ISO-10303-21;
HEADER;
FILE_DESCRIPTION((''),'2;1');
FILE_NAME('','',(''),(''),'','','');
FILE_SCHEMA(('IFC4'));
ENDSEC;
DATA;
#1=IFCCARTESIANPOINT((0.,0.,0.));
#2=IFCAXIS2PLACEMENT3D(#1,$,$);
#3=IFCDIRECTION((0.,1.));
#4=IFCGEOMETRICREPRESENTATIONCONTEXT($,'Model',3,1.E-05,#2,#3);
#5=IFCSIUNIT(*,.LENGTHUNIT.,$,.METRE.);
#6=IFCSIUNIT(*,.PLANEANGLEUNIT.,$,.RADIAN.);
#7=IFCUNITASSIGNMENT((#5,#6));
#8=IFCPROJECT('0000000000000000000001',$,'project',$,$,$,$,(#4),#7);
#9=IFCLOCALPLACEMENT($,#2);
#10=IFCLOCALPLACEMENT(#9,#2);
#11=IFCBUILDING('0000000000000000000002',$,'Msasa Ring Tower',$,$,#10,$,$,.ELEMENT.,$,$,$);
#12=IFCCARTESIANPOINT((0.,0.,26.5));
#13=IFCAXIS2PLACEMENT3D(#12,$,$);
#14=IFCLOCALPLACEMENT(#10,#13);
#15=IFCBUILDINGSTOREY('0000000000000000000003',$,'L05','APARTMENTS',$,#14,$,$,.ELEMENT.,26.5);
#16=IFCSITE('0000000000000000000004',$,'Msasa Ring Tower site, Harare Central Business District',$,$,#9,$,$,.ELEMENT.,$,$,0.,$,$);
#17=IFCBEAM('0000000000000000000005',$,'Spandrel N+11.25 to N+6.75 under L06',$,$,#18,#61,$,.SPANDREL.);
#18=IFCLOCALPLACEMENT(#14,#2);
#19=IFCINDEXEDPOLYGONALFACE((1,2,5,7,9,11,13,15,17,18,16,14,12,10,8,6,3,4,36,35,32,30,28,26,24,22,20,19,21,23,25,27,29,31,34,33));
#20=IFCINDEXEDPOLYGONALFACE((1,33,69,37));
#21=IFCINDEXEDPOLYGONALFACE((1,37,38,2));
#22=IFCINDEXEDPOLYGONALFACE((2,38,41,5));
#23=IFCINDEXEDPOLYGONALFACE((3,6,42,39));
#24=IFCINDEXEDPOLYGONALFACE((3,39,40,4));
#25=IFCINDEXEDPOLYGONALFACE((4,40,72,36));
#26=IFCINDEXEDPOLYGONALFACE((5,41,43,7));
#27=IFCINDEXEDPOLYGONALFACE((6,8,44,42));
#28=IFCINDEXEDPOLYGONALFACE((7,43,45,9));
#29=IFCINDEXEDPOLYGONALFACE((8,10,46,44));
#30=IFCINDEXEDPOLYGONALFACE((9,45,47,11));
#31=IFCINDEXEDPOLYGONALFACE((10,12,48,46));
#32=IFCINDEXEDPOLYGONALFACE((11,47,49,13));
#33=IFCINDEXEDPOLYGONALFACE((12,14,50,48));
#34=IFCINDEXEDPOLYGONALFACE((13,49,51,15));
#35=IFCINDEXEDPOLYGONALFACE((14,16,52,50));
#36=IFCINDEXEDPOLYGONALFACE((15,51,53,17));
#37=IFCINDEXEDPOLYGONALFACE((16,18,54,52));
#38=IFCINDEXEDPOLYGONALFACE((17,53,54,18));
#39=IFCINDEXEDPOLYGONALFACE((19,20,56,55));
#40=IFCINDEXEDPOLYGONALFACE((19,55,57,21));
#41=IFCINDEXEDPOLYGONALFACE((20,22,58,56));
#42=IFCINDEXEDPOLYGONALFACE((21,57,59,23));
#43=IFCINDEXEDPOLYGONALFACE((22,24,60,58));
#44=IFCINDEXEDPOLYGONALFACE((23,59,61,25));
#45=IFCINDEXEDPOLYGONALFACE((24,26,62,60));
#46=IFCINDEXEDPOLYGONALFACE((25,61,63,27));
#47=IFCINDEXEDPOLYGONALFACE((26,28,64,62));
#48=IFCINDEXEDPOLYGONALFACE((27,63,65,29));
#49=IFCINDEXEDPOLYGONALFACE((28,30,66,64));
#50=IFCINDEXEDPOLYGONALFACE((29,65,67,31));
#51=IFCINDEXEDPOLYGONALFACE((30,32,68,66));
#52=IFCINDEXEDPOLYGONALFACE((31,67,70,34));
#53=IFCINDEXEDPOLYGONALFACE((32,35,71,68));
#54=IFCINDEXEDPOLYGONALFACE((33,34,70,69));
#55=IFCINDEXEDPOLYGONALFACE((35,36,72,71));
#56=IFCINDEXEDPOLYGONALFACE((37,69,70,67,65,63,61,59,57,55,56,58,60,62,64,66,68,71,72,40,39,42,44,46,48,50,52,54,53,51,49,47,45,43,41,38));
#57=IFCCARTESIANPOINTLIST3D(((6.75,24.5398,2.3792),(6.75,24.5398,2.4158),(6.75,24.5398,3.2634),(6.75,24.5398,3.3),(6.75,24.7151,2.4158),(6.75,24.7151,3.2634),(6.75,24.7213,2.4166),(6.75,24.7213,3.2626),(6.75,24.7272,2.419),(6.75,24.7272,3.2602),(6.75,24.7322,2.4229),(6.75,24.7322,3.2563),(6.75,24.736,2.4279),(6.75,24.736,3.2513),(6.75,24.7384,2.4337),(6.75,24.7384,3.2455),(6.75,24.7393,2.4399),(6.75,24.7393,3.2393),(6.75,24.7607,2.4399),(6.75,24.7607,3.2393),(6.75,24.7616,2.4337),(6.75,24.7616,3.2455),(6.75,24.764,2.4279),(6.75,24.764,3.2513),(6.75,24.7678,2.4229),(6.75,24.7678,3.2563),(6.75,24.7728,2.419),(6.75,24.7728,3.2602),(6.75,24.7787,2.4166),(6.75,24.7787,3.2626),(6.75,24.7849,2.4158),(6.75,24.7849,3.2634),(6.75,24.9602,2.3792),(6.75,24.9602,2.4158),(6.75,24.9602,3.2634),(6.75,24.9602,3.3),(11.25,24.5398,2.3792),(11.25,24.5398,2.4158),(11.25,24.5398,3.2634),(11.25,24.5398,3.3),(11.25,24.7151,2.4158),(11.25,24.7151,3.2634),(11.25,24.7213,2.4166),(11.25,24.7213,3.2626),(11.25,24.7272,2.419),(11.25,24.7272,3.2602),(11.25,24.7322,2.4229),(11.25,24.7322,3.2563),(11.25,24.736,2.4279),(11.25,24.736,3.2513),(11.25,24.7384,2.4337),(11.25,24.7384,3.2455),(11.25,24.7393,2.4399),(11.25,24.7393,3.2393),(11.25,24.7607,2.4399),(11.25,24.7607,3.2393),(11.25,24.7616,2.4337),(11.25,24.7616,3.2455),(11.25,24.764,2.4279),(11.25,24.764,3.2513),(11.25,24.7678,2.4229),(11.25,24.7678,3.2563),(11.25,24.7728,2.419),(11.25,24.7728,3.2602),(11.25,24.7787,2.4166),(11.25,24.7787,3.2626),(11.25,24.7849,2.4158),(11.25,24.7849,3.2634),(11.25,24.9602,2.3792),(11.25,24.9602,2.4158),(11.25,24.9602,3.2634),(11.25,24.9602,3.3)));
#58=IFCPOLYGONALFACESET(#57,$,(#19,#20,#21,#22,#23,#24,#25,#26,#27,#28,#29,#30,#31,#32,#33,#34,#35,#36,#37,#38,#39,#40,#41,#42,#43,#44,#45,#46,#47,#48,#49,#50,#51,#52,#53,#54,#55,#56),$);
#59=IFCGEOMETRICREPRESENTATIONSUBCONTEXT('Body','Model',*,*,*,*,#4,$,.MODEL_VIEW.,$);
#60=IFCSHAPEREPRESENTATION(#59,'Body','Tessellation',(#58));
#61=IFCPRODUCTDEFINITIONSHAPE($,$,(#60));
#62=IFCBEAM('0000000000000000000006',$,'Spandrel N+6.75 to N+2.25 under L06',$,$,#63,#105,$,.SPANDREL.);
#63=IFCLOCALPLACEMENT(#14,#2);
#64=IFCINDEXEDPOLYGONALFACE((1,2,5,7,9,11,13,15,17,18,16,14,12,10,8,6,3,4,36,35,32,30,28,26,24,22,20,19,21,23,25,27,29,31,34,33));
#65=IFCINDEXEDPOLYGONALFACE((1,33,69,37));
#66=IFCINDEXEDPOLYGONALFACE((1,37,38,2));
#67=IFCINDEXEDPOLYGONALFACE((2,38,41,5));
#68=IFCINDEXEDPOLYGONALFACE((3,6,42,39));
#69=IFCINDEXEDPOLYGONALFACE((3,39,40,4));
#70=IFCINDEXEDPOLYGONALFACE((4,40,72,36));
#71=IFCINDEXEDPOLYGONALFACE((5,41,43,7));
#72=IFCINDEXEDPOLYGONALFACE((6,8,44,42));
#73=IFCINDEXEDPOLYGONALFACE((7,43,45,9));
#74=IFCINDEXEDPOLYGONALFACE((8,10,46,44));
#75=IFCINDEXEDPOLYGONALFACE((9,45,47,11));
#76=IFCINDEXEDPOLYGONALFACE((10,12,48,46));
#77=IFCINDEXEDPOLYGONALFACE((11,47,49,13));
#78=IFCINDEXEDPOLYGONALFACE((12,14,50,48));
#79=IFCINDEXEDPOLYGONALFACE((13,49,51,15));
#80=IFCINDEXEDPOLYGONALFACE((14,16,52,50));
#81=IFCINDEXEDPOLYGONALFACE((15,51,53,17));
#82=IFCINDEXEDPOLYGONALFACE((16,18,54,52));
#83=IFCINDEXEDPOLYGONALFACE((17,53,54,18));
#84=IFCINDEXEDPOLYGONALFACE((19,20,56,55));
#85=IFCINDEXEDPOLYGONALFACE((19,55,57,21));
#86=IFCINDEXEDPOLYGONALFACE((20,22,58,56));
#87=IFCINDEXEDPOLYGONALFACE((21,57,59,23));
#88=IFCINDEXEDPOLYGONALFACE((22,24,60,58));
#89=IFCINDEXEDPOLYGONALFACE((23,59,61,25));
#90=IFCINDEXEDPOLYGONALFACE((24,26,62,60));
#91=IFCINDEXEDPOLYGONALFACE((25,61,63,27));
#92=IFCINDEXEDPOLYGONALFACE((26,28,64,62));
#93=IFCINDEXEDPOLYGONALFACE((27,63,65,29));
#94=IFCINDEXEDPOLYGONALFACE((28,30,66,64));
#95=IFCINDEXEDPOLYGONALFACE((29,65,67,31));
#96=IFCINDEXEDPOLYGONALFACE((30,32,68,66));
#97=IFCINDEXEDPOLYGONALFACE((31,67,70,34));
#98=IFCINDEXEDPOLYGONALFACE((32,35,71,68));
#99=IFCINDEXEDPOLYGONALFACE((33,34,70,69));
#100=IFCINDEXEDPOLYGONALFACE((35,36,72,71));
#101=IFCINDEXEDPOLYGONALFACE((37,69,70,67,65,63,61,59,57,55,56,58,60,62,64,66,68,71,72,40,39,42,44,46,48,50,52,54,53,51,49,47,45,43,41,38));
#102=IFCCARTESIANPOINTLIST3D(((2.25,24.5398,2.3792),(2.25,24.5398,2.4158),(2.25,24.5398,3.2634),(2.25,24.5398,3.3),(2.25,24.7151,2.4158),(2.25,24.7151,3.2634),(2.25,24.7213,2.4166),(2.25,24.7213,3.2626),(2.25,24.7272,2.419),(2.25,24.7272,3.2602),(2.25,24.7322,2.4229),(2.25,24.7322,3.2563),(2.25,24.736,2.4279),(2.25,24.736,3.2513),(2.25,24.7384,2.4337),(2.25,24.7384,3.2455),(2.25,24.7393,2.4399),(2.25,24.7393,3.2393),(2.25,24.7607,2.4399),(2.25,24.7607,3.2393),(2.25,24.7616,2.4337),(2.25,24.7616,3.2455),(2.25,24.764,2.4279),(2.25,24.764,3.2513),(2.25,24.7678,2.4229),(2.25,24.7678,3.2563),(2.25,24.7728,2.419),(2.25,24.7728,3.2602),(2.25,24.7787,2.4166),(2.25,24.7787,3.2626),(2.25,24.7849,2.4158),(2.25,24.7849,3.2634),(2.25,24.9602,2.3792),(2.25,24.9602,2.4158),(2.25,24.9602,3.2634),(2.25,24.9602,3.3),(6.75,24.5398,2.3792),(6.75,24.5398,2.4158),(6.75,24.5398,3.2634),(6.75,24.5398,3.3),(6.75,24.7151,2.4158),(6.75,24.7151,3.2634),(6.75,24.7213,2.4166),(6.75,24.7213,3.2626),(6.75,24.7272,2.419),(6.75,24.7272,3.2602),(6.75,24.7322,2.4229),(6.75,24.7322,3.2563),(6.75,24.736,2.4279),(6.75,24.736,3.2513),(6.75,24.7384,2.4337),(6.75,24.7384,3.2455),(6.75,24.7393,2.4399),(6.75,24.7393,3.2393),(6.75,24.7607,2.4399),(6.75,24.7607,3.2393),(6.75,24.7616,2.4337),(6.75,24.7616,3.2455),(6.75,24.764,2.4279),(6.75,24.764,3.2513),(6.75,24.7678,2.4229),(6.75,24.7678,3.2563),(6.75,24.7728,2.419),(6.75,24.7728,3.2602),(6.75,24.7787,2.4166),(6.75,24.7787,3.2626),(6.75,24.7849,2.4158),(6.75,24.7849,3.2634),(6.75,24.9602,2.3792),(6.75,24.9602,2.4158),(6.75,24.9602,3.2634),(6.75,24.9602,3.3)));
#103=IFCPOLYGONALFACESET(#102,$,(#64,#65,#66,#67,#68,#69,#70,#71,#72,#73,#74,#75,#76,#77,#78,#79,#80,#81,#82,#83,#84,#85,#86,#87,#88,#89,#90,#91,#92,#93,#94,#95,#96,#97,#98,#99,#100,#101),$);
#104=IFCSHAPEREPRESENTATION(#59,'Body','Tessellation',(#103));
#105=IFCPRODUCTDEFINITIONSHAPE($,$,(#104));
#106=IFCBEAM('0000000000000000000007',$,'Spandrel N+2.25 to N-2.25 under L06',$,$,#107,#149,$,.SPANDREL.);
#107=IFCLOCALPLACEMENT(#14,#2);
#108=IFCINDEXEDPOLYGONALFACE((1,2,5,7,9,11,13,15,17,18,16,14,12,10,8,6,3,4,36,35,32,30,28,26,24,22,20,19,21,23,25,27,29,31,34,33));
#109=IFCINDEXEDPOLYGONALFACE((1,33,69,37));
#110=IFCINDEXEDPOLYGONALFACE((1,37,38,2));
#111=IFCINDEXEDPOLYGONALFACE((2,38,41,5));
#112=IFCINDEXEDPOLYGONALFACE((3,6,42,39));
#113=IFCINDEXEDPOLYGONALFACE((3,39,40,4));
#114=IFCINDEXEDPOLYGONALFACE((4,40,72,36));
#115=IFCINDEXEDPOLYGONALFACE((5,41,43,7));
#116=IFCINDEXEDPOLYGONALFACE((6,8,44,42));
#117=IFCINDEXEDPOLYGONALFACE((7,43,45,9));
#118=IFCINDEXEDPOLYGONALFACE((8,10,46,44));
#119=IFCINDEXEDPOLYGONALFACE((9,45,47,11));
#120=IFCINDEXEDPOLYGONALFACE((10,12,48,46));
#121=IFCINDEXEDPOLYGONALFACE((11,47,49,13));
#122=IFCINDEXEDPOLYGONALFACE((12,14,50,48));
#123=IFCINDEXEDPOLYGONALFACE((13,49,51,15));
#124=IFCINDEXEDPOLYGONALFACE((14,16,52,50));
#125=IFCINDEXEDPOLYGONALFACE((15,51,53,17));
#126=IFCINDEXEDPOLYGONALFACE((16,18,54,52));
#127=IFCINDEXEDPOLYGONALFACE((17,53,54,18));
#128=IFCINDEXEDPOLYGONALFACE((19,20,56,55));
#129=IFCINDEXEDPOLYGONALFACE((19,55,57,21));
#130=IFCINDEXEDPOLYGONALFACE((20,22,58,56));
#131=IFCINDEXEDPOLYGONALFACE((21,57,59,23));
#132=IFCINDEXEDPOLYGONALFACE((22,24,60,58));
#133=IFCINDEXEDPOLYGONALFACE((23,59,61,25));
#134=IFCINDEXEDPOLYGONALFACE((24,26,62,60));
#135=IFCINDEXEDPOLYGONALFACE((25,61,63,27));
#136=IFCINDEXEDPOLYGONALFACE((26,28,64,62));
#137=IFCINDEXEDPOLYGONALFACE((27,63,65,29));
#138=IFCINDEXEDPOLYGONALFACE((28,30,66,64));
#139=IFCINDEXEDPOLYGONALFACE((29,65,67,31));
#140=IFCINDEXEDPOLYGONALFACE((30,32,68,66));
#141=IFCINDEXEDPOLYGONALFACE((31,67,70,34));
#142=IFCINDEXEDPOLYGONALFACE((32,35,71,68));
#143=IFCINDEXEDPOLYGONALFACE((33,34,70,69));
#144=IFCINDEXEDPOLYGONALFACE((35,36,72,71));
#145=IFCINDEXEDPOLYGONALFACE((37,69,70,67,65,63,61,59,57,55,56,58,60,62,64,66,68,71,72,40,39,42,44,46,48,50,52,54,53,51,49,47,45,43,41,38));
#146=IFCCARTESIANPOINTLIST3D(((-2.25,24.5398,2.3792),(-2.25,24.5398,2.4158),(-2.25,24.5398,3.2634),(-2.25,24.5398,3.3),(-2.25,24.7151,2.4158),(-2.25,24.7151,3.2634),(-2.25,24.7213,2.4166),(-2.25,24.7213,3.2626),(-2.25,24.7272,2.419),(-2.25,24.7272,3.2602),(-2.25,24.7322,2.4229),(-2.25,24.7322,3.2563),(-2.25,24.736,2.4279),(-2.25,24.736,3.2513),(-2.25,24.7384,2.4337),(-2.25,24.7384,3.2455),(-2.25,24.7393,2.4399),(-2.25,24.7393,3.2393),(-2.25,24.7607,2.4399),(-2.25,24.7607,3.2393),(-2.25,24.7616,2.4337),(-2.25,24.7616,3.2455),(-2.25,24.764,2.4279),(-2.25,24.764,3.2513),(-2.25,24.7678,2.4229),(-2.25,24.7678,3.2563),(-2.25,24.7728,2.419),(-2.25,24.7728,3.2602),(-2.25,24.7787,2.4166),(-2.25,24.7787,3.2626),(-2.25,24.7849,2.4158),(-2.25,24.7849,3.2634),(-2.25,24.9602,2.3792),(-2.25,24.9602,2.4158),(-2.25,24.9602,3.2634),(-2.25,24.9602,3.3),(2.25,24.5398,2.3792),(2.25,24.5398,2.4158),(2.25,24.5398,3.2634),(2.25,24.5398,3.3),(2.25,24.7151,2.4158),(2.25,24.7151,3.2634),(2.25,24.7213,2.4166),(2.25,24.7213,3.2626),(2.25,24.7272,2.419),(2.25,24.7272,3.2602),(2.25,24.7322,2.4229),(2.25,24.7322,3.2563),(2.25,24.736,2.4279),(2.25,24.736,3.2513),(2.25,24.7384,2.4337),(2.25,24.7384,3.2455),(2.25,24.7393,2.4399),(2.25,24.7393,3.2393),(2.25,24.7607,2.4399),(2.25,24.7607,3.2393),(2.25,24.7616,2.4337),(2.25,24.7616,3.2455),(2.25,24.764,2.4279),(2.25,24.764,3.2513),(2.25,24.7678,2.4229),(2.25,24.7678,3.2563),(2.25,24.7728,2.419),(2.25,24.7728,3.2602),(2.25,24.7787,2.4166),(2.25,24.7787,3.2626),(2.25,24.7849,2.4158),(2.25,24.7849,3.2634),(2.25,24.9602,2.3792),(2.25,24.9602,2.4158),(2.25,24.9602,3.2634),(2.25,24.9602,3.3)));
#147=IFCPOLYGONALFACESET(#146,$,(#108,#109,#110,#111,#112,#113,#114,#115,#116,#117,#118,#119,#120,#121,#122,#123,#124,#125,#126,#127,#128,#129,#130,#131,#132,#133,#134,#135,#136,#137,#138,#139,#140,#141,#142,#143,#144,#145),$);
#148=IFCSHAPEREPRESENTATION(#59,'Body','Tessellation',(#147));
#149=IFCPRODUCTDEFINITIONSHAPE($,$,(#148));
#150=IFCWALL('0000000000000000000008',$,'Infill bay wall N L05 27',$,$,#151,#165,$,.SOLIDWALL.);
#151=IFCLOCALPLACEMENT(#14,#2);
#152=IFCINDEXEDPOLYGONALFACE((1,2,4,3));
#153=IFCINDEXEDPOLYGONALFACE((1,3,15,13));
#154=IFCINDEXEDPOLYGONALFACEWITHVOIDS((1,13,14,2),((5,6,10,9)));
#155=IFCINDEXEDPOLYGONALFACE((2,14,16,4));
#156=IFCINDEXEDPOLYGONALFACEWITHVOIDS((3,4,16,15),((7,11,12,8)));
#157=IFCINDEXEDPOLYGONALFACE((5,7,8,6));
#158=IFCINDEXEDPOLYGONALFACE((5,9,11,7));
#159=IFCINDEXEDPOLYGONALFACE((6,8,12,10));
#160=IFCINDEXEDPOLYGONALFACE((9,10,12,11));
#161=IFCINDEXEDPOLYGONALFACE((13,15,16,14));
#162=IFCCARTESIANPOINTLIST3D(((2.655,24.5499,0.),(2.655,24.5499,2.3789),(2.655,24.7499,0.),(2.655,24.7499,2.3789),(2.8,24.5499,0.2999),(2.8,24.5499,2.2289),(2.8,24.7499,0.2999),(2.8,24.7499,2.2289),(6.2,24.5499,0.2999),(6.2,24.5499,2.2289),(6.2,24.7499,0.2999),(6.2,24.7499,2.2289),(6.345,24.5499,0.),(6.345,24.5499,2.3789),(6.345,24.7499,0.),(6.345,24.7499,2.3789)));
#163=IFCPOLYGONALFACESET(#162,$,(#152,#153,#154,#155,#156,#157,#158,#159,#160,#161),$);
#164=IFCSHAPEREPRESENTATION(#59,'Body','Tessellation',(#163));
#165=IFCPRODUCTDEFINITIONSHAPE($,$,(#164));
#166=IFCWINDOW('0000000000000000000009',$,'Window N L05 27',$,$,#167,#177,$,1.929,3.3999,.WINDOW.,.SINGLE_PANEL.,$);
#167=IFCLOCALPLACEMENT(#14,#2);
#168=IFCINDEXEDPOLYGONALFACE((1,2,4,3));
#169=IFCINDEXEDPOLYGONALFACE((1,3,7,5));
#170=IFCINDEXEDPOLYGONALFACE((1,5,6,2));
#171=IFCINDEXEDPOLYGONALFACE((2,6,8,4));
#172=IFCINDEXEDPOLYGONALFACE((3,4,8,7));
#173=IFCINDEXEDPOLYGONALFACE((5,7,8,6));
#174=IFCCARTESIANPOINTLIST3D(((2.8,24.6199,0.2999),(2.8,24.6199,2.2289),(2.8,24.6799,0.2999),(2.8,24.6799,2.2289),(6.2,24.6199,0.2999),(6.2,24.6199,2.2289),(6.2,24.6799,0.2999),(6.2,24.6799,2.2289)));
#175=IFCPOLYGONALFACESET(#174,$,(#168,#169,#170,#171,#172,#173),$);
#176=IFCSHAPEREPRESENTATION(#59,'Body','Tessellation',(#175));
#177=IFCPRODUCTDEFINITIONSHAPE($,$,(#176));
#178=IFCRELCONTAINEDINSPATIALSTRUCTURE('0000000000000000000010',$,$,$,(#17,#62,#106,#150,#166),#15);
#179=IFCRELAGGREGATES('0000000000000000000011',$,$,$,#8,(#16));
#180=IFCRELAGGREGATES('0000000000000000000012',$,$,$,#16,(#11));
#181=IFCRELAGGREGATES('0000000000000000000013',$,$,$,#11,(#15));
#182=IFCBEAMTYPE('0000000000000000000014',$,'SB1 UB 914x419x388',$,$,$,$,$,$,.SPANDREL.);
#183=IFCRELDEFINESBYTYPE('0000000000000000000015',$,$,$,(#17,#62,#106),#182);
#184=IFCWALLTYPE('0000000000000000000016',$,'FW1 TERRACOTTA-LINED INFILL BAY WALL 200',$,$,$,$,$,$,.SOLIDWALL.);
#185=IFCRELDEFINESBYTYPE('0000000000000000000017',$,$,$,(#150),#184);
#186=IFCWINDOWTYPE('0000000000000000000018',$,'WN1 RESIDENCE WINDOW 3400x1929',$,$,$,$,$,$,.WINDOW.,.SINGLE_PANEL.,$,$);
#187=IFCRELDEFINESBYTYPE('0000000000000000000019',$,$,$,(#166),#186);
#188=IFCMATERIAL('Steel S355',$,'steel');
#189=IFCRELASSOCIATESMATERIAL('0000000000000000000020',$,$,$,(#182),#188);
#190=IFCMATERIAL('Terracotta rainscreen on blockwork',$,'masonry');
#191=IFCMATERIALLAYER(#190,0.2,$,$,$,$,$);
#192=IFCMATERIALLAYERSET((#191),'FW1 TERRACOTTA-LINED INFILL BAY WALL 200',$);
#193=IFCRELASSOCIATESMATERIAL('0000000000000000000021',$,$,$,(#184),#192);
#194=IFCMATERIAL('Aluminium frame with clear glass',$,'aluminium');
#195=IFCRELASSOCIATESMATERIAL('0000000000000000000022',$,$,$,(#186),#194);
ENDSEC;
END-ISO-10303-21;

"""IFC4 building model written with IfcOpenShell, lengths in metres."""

from ifc_helpers import new_model, si_unit, direction, frame, frame_2d, origin, origin_2d, place, context, subcontext, project, spatial, rectangle, i_section, extrude, material, layer, layer_set, material_profile, profile_set, type_object, element, fill, save


model = new_model("IFC4")

# Units and contexts
model_context = context("Model", 3, precision=1e-05, world=origin(), true_north=direction((0.0, 1.0)))
body_context = subcontext(model_context, "Body", "Model", "MODEL_VIEW")
ifc_project = project(units=[si_unit("LENGTHUNIT", "METRE"), si_unit("PLANEANGLEUNIT", "RADIAN")], contexts=[model_context])

# Site, building, storey
site_placement = place(None, origin())
site = spatial("IfcSite", under=ifc_project, at=site_placement, Name="Msasa Ring Tower site, Harare Central Business District", CompositionType="ELEMENT", RefElevation=0.0)
building_placement = place(site_placement, origin())
building = spatial("IfcBuilding", under=site, at=building_placement, Name="Msasa Ring Tower", CompositionType="ELEMENT")
storey_placement = place(building_placement, frame((0.0, 0.0, 26.5)))
storey = spatial("IfcBuildingStorey", under=building, at=storey_placement, Name="L05", Description="APARTMENTS", CompositionType="ELEMENT", Elevation=26.5)

# Beams
ifc_material_1 = material(Name="Steel S355", Category="steel")
ifc_material_profile_1 = material_profile(ifc_material_1, i_section(OverallWidth=0.4204, OverallDepth=0.9209, WebThickness=0.0215, FlangeThickness=0.0366, FilletRadius=0.0242, at=origin_2d()), Name="UB 914x419x388")
ifc_profile_set_1 = profile_set([ifc_material_profile_1], Name="Steel S355")
beam_type_1 = type_object("IfcBeamType", Name="SB1 UB 914x419x388", PredefinedType="SPANDREL", material=ifc_profile_set_1)
for number, where, z_axis, x_axis, name in (
    (1, (11.25, 24.75, 2.8396), (-1.0, 0.0, 0.0), (0.0, -1.0, 0.0), "Spandrel N+11.25 to N+6.75 under L06"),
    (2, (6.75, 24.75, 2.8396), (-1.0, 0.0, 0.0), (0.0, -1.0, 0.0), "Spandrel N+6.75 to N+2.25 under L06"),
    (3, (2.25, 24.75, 2.8396), (-1.0, 0.0, 0.0), (0.0, -1.0, 0.0), "Spandrel N+2.25 to N-2.25 under L06"),
):
    element("IfcBeam", number, at=place(storey_placement, frame(where, z_axis=z_axis, x_axis=x_axis)), inside=storey, type_object=beam_type_1, Name=name, PredefinedType="SPANDREL", context=body_context, shape_type="SweptSolid", body=[
        extrude(i_section(OverallWidth=0.4204, OverallDepth=0.9209, WebThickness=0.0215, FlangeThickness=0.0366, FilletRadius=0.0242, at=origin_2d()), origin(), (0.0, 0.0, 1.0), 4.5),
    ])

# Wall, opening, window
ifc_material_2 = material(Name="Terracotta rainscreen on blockwork", Category="masonry")
ifc_layer_1 = layer(ifc_material_2, 0.2)
ifc_layer_set_1 = layer_set([ifc_layer_1], Name="FW1 TERRACOTTA-LINED INFILL BAY WALL 200")
wall_type_1 = type_object("IfcWallType", Name="FW1 TERRACOTTA-LINED INFILL BAY WALL 200", PredefinedType="SOLIDWALL", material=ifc_layer_set_1)
wall_1_placement = place(storey_placement, frame((2.655, 24.6499, 0.0), z_axis=(0.0, 0.0, 1.0), x_axis=(1.0, 0.0, 0.0)))
wall_1 = element("IfcWall", 4, at=wall_1_placement, inside=storey, type_object=wall_type_1, Name="Infill bay wall N L05 27", PredefinedType="SOLIDWALL", context=body_context, shape_type="SweptSolid", body=[
    extrude(rectangle(XDim=3.6899, YDim=0.2, at=frame_2d((1.845, 0.0))), origin(), (0.0, 0.0, 1.0), 2.3789),
])
opening_1_placement = place(wall_1_placement, frame((0.145, 0.0, 0.3)))
opening_1 = element("IfcOpeningElement", 5, at=opening_1_placement, cuts=wall_1, PredefinedType="OPENING", context=body_context, shape_type="SweptSolid", body=[
    extrude(rectangle(XDim=3.3999, YDim=1.929, at=frame_2d((1.7, 0.9644))), frame((0.0, 0.1099, 0.0), z_axis=(0.0, -1.0, 0.0), x_axis=(1.0, 0.0, 0.0)), (0.0, 0.0, 1.0), 0.22),
])
ifc_material_3 = material(Name="Aluminium frame with clear glass", Category="aluminium")
window_type = type_object("IfcWindowType", Name="WN1 RESIDENCE WINDOW 3400x1929", PartitioningType="SINGLE_PANEL", PredefinedType="WINDOW", material=ifc_material_3)
window_1_placement = place(opening_1_placement, origin())
window_1 = element("IfcWindow", 6, at=window_1_placement, inside=storey, type_object=window_type, Name="Window N L05 27", OverallHeight=1.929, OverallWidth=3.3999, PartitioningType="SINGLE_PANEL", PredefinedType="WINDOW", context=body_context, shape_type="SweptSolid", body=[
    extrude(rectangle(XDim=3.3999, YDim=1.929, at=frame_2d((1.7, 0.9644))), frame((0.0, 0.03, 0.0), z_axis=(0.0, -1.0, 0.0), x_axis=(1.0, 0.0, 0.0)), (0.0, 0.0, 1.0), 0.0601),
])
fill(opening_1, window_1)

save(model, "model.ifc")
